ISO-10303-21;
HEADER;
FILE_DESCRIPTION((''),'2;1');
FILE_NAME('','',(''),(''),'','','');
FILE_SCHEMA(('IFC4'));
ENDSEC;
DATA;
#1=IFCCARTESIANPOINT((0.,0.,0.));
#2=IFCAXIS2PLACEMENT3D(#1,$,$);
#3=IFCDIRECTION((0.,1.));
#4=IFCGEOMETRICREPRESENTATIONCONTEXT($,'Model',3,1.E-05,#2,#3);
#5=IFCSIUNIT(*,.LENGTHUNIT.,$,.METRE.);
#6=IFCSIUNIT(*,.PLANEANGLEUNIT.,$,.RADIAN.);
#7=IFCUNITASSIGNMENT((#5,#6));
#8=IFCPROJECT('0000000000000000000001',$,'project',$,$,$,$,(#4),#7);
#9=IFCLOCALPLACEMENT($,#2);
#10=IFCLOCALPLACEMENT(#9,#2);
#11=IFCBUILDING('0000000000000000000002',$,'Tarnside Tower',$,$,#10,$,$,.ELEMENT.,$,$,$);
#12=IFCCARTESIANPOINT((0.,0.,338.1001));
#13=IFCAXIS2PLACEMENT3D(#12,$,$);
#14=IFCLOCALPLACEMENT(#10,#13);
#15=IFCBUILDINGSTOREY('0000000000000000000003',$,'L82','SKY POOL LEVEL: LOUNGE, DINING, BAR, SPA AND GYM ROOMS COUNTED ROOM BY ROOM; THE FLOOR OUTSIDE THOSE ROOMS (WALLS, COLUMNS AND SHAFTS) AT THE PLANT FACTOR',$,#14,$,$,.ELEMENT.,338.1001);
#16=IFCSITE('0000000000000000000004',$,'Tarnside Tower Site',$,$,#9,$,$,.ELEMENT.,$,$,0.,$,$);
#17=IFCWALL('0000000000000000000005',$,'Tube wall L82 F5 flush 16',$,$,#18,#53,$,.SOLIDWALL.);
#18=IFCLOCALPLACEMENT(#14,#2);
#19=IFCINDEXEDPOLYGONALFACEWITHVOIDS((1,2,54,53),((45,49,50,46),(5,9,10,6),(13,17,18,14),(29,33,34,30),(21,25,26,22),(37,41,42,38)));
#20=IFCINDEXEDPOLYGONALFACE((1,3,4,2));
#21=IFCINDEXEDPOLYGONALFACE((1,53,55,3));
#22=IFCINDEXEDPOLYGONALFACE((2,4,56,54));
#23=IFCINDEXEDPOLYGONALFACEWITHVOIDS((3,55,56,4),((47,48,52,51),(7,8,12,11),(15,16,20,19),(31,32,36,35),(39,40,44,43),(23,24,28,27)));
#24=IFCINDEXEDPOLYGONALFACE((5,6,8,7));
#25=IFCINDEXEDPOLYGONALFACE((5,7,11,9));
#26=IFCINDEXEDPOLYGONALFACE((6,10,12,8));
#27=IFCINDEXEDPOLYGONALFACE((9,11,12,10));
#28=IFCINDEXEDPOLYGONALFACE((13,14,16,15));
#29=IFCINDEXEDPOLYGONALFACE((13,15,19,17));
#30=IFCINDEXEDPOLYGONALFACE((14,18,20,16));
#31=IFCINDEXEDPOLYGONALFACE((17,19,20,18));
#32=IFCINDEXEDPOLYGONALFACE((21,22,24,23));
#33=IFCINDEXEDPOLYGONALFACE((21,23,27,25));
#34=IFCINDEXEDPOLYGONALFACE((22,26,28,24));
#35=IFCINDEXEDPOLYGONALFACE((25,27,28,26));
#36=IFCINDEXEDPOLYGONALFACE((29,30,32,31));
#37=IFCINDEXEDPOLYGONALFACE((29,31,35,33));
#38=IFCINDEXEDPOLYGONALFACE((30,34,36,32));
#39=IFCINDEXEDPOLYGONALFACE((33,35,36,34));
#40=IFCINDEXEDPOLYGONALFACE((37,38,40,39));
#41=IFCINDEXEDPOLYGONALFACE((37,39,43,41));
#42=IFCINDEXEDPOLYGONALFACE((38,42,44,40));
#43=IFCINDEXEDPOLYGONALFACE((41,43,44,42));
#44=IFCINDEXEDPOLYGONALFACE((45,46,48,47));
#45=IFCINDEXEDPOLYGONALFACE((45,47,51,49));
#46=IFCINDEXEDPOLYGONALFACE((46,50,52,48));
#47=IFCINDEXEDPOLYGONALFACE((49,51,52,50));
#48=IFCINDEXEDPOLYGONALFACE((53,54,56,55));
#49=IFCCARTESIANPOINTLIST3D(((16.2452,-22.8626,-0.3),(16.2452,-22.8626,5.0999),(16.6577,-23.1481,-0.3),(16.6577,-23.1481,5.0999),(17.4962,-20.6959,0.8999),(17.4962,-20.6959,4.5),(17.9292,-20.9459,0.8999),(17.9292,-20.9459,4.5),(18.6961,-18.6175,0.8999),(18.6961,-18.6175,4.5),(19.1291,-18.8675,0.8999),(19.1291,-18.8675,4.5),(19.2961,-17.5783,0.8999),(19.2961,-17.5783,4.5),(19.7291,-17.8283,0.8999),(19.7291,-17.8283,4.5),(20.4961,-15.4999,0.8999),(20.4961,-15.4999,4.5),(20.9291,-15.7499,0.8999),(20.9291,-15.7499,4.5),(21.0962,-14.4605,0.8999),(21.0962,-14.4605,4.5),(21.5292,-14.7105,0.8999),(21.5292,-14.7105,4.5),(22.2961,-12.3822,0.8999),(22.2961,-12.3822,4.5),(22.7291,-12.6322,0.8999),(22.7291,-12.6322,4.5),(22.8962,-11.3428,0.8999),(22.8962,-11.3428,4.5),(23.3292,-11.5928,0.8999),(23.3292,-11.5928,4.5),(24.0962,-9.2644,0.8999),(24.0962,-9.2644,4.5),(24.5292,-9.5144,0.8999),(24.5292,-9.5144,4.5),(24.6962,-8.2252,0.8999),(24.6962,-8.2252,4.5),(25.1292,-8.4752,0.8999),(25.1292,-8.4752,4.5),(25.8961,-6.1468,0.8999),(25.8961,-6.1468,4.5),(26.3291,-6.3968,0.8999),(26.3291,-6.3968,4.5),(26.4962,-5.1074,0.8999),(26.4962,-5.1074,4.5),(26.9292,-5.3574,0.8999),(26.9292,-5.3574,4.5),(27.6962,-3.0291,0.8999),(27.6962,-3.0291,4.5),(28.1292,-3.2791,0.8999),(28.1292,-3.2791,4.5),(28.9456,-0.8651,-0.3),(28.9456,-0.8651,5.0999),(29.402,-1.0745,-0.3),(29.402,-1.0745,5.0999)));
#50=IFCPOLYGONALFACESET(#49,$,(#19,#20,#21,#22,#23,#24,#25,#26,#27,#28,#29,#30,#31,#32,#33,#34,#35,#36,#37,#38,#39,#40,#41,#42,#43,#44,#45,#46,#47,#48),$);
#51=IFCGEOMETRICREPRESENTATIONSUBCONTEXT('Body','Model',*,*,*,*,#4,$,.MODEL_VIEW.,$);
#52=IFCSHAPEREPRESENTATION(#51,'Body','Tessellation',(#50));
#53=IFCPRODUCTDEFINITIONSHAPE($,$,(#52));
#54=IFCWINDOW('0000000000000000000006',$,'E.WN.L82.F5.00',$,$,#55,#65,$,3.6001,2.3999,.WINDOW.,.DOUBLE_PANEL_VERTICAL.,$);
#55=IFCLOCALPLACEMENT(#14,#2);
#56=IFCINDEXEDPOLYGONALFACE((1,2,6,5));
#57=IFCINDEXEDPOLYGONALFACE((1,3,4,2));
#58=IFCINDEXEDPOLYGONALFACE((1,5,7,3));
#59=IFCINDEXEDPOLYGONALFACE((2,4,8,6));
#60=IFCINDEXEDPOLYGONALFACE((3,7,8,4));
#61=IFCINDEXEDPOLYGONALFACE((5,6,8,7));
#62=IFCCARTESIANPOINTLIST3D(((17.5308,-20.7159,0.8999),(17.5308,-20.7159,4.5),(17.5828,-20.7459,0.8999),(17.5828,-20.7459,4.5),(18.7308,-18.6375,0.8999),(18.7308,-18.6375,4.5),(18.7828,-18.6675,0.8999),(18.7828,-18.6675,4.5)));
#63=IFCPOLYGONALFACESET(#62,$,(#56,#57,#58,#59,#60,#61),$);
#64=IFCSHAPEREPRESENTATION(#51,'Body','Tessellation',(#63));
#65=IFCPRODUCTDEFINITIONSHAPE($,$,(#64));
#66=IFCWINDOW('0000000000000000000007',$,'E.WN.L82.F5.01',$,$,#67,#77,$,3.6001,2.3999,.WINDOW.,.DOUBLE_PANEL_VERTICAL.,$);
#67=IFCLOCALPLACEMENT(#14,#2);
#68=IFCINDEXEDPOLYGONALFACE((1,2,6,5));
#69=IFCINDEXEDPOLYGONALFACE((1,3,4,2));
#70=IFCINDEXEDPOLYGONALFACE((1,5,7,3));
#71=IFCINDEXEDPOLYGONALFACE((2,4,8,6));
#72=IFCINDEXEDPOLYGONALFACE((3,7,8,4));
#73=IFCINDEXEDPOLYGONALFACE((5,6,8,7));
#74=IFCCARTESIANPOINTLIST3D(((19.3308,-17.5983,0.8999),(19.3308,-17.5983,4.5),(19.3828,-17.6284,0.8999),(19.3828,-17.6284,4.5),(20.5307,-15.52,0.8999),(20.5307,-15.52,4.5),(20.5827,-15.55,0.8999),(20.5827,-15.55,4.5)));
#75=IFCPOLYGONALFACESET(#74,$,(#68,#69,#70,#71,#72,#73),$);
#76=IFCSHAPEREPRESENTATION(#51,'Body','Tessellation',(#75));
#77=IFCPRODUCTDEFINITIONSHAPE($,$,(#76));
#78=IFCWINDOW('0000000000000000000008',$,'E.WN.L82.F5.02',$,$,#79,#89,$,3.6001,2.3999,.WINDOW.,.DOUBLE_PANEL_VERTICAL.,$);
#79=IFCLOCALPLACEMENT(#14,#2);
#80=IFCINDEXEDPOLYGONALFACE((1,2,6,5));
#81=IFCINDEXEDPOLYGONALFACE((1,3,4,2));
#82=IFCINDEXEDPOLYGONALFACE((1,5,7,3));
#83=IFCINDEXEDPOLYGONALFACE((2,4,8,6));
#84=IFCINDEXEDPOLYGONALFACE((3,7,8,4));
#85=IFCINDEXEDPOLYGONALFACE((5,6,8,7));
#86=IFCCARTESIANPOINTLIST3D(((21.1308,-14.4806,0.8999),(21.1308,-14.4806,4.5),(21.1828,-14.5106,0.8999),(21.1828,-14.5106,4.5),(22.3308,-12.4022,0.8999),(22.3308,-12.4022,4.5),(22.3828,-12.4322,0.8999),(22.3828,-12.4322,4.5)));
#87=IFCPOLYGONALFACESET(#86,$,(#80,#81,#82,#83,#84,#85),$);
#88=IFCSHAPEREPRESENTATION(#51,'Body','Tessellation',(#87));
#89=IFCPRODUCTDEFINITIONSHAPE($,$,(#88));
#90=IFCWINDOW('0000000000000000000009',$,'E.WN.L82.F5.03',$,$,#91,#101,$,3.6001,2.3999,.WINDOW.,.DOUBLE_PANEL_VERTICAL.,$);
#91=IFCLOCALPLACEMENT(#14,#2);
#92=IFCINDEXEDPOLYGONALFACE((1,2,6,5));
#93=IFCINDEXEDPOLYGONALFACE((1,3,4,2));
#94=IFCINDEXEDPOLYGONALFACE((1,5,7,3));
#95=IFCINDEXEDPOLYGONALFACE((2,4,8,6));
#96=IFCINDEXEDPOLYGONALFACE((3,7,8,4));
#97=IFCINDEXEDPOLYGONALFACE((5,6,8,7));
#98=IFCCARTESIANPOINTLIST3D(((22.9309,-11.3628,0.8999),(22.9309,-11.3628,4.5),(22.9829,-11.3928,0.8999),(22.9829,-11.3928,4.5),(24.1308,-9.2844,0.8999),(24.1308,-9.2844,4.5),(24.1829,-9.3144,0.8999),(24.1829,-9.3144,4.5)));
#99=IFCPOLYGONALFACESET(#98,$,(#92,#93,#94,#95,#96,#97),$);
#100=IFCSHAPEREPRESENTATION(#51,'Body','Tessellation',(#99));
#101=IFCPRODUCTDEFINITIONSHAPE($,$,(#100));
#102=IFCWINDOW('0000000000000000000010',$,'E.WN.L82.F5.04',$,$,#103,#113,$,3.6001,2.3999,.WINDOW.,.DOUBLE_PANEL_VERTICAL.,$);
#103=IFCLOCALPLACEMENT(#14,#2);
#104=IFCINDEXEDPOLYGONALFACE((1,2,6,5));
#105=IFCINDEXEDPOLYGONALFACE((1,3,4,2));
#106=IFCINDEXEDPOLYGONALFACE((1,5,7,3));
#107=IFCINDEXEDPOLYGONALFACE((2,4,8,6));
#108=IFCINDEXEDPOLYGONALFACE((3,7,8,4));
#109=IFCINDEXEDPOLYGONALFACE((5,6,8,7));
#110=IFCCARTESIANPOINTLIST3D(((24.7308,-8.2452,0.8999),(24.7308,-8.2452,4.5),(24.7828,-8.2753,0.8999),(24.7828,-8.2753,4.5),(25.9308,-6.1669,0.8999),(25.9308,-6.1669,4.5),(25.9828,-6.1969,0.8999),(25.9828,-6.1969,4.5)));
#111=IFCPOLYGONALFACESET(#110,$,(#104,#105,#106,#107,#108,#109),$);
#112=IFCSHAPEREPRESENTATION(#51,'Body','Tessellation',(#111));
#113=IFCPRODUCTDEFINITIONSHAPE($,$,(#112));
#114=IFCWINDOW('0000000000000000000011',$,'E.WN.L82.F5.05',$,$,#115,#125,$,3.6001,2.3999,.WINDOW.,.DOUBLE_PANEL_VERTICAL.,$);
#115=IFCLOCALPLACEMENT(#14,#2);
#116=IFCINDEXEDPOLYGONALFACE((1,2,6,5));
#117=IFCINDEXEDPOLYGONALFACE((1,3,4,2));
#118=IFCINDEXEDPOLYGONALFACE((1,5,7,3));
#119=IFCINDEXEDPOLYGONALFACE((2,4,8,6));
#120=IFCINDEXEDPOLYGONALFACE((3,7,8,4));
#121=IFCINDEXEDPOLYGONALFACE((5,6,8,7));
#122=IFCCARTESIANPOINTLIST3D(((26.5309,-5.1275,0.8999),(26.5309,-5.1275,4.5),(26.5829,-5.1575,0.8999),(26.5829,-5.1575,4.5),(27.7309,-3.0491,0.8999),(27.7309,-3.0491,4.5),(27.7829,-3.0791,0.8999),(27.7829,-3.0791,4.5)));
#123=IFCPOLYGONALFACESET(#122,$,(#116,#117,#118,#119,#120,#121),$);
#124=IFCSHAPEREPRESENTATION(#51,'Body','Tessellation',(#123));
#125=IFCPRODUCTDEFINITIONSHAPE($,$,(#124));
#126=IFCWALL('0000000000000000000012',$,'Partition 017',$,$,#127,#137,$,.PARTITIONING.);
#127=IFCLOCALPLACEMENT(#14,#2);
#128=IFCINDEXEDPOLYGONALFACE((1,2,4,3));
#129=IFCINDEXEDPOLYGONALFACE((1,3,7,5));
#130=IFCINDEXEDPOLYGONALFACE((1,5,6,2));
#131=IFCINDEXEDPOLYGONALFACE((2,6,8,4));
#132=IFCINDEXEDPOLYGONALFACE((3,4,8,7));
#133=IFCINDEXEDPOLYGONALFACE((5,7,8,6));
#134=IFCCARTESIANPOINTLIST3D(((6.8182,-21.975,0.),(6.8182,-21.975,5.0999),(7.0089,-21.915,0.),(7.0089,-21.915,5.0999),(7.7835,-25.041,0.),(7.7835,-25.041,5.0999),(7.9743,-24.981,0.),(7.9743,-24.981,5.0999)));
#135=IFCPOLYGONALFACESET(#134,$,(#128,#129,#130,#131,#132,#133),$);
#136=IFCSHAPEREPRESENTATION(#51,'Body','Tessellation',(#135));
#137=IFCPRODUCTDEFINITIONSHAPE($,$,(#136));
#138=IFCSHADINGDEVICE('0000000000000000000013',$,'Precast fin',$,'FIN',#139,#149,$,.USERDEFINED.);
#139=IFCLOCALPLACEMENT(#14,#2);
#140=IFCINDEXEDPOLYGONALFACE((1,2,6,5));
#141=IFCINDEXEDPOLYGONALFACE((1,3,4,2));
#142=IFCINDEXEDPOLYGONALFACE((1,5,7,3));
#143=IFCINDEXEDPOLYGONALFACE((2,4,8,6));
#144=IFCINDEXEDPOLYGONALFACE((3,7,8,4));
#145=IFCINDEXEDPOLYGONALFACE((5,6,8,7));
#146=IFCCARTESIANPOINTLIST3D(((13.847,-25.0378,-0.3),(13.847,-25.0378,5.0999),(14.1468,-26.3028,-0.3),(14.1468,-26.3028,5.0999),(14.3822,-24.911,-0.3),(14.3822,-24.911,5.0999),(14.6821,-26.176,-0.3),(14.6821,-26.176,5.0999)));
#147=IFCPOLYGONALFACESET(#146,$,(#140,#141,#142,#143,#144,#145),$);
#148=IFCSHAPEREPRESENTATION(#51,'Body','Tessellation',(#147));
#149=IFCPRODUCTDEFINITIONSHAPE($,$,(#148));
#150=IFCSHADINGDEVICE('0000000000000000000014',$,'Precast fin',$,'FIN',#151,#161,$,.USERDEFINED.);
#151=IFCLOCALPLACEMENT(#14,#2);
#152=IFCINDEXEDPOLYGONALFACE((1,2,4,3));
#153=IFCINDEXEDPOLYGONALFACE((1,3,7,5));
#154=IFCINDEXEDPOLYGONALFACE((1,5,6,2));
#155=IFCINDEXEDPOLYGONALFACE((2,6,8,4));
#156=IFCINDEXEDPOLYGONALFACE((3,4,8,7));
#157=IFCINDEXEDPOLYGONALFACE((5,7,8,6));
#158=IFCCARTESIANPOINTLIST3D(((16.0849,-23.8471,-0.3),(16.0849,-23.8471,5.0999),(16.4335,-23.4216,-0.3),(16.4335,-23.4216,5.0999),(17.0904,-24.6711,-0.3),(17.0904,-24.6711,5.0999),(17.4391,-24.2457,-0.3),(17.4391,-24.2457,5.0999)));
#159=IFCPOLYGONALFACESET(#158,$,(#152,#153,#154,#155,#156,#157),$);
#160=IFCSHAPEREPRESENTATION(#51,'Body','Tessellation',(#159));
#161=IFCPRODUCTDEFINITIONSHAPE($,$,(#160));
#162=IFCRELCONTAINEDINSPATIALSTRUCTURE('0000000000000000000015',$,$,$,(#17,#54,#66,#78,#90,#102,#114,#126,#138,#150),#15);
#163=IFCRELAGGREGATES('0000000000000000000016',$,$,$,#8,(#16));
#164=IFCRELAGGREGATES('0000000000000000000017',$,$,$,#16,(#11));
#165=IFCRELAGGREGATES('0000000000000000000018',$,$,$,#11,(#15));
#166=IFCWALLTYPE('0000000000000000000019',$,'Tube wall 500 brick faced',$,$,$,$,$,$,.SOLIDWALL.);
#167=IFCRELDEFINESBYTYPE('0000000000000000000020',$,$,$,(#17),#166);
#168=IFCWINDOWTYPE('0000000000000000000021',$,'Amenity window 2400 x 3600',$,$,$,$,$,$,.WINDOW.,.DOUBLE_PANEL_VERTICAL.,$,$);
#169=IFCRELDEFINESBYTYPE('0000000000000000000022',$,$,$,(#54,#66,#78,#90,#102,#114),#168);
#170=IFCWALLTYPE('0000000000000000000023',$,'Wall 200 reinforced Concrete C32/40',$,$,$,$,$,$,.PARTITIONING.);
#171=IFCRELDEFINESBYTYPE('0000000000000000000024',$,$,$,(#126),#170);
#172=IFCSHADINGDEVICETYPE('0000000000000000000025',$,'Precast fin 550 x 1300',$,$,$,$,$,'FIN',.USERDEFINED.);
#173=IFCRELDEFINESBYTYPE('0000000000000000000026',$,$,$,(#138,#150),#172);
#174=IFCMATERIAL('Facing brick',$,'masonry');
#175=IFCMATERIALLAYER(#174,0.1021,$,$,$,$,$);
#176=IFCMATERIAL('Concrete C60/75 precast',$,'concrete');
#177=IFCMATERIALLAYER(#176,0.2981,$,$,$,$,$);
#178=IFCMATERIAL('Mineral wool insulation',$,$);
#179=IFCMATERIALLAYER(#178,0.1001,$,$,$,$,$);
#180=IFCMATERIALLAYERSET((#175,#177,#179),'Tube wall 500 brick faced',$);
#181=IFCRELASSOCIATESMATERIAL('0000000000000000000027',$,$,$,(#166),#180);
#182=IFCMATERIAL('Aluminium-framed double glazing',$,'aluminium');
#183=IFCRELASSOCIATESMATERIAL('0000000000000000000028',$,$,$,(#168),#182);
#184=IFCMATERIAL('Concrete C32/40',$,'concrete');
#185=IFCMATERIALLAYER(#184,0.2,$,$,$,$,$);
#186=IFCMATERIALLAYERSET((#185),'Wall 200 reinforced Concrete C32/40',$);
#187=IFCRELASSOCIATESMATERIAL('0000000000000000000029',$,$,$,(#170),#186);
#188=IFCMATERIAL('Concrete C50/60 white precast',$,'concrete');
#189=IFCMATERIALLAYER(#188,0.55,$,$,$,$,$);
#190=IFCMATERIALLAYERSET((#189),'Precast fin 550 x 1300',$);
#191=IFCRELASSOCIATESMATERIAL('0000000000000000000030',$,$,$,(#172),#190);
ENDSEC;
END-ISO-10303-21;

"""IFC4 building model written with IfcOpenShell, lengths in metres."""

from ifc_helpers import new_model, si_unit, direction, frame, frame_2d, origin, place, context, subcontext, project, spatial, polyline, rectangle, outline, extrude, material, layer, layer_set, type_object, element, fill, save


model = new_model("IFC4")

# Units and contexts
model_context = context("Model", 3, precision=1e-05, world=origin(), true_north=direction((0.0, 1.0)))
body_context = subcontext(model_context, "Body", "Model", "MODEL_VIEW")
ifc_project = project(units=[si_unit("LENGTHUNIT", "METRE"), si_unit("PLANEANGLEUNIT", "RADIAN")], contexts=[model_context])

# Site, building, storey
site_placement = place(None, origin())
site = spatial("IfcSite", under=ifc_project, at=site_placement, Name="Tarnside Tower Site", CompositionType="ELEMENT", RefElevation=0.0)
building_placement = place(site_placement, origin())
building = spatial("IfcBuilding", under=site, at=building_placement, Name="Tarnside Tower", CompositionType="ELEMENT")
storey_placement = place(building_placement, frame((0.0, 0.0, 338.1001)))
storey = spatial("IfcBuildingStorey", under=building, at=storey_placement, Name="L82", Description="SKY POOL LEVEL: LOUNGE, DINING, BAR, SPA AND GYM ROOMS COUNTED ROOM BY ROOM; THE FLOOR OUTSIDE THOSE ROOMS (WALLS, COLUMNS AND SHAFTS) AT THE PLANT FACTOR", CompositionType="ELEMENT", Elevation=338.1001)

# Shared definitions
ifc_material_1 = material(Name="Facing brick", Category="masonry")
ifc_layer_1 = layer(ifc_material_1, 0.1021)
ifc_material_2 = material(Name="Concrete C60/75 precast", Category="concrete")
ifc_layer_2 = layer(ifc_material_2, 0.2981)
ifc_material_3 = material(Name="Mineral wool insulation")
ifc_layer_3 = layer(ifc_material_3, 0.1001)
ifc_layer_set_1 = layer_set([ifc_layer_1, ifc_layer_2, ifc_layer_3], Name="Tube wall 500 brick faced")
wall_type_1 = type_object("IfcWallType", Name="Tube wall 500 brick faced", PredefinedType="SOLIDWALL", material=ifc_layer_set_1)

# Wall, openings, windows
wall_1_placement = place(storey_placement, frame((16.4514, -23.0054, -0.3), z_axis=(0.0, 0.0, 1.0), x_axis=(0.500004, 0.866023, 0.0)))
wall_1 = element("IfcWall", 1, at=wall_1_placement, inside=storey, type_object=wall_type_1, Name="Tube wall L82 F5 flush 16", PredefinedType="SOLIDWALL", context=body_context, shape_type="SweptSolid", body=[
    extrude(outline(polyline([(-0.0205, -0.25), (25.468, -0.25), (25.4211, 0.25), (0.0205, 0.25), (-0.0205, -0.25)])), origin(), (0.0, 0.0, 1.0), 5.3999),
])
opening_1_placement = place(wall_1_placement, frame((2.5225, 0.0, 1.2)))
opening_1 = element("IfcOpeningElement", 2, at=opening_1_placement, cuts=wall_1, PredefinedType="OPENING", context=body_context, shape_type="SweptSolid", body=[
    extrude(rectangle(XDim=2.3999, YDim=3.6001, at=frame_2d((1.2, 1.8))), frame((0.0, 0.26, 0.0), z_axis=(0.0, -1.0, 0.0), x_axis=(1.0, 0.0, 0.0)), (0.0, 0.0, 1.0), 0.52),
])
opening_2_placement = place(wall_1_placement, frame((6.1223, 0.0, 1.2)))
opening_2 = element("IfcOpeningElement", 3, at=opening_2_placement, cuts=wall_1, PredefinedType="OPENING", context=body_context, shape_type="SweptSolid", body=[
    extrude(rectangle(XDim=2.3999, YDim=3.6001, at=frame_2d((1.2, 1.8))), frame((0.0, 0.26, 0.0), z_axis=(0.0, -1.0, 0.0), x_axis=(1.0, 0.0, 0.0)), (0.0, 0.0, 1.0), 0.52),
])
opening_3_placement = place(wall_1_placement, frame((9.7224, 0.0, 1.2)))
opening_3 = element("IfcOpeningElement", 4, at=opening_3_placement, cuts=wall_1, PredefinedType="OPENING", context=body_context, shape_type="SweptSolid", body=[
    extrude(rectangle(XDim=2.3999, YDim=3.6001, at=frame_2d((1.2, 1.8))), frame((0.0, 0.26, 0.0), z_axis=(0.0, -1.0, 0.0), x_axis=(1.0, 0.0, 0.0)), (0.0, 0.0, 1.0), 0.52),
])
opening_4_placement = place(wall_1_placement, frame((13.3225, 0.0, 1.2)))
opening_4 = element("IfcOpeningElement", 5, at=opening_4_placement, cuts=wall_1, PredefinedType="OPENING", context=body_context, shape_type="SweptSolid", body=[
    extrude(rectangle(XDim=2.3999, YDim=3.6001, at=frame_2d((1.2, 1.8))), frame((0.0, 0.26, 0.0), z_axis=(0.0, -1.0, 0.0), x_axis=(1.0, 0.0, 0.0)), (0.0, 0.0, 1.0), 0.52),
])
opening_5_placement = place(wall_1_placement, frame((16.9224, 0.0, 1.2)))
opening_5 = element("IfcOpeningElement", 6, at=opening_5_placement, cuts=wall_1, PredefinedType="OPENING", context=body_context, shape_type="SweptSolid", body=[
    extrude(rectangle(XDim=2.3999, YDim=3.6001, at=frame_2d((1.2, 1.8))), frame((0.0, 0.26, 0.0), z_axis=(0.0, -1.0, 0.0), x_axis=(1.0, 0.0, 0.0)), (0.0, 0.0, 1.0), 0.52),
])
opening_6_placement = place(wall_1_placement, frame((20.5225, 0.0, 1.2)))
opening_6 = element("IfcOpeningElement", 7, at=opening_6_placement, cuts=wall_1, PredefinedType="OPENING", context=body_context, shape_type="SweptSolid", body=[
    extrude(rectangle(XDim=2.3999, YDim=3.6001, at=frame_2d((1.2, 1.8))), frame((0.0, 0.26, 0.0), z_axis=(0.0, -1.0, 0.0), x_axis=(1.0, 0.0, 0.0)), (0.0, 0.0, 1.0), 0.52),
])
ifc_material_4 = material(Name="Aluminium-framed double glazing", Category="aluminium")
window_type = type_object("IfcWindowType", Name="Amenity window 2400 x 3600", PartitioningType="DOUBLE_PANEL_VERTICAL", PredefinedType="WINDOW", material=ifc_material_4)
window_1_placement = place(opening_1_placement, frame((0.0, 0.1799, 0.0)))
window_1 = element("IfcWindow", 8, at=window_1_placement, inside=storey, type_object=window_type, Name="E.WN.L82.F5.00", OverallHeight=3.6001, OverallWidth=2.3999, PartitioningType="DOUBLE_PANEL_VERTICAL", PredefinedType="WINDOW", context=body_context, shape_type="SweptSolid", body=[
    extrude(rectangle(XDim=2.3999, YDim=3.6001, at=frame_2d((1.2, 1.8))), frame((0.0, 0.03, 0.0), z_axis=(0.0, -1.0, 0.0), x_axis=(1.0, 0.0, 0.0)), (0.0, 0.0, 1.0), 0.0601),
])
fill(opening_1, window_1)
window_2_placement = place(opening_2_placement, frame((0.0, 0.1799, 0.0)))
window_2 = element("IfcWindow", 9, at=window_2_placement, inside=storey, type_object=window_type, Name="E.WN.L82.F5.01", OverallHeight=3.6001, OverallWidth=2.3999, PartitioningType="DOUBLE_PANEL_VERTICAL", PredefinedType="WINDOW", context=body_context, shape_type="SweptSolid", body=[
    extrude(rectangle(XDim=2.3999, YDim=3.6001, at=frame_2d((1.2, 1.8))), frame((0.0, 0.03, 0.0), z_axis=(0.0, -1.0, 0.0), x_axis=(1.0, 0.0, 0.0)), (0.0, 0.0, 1.0), 0.0601),
])
fill(opening_2, window_2)
window_3_placement = place(opening_3_placement, frame((0.0, 0.1799, 0.0)))
window_3 = element("IfcWindow", 10, at=window_3_placement, inside=storey, type_object=window_type, Name="E.WN.L82.F5.02", OverallHeight=3.6001, OverallWidth=2.3999, PartitioningType="DOUBLE_PANEL_VERTICAL", PredefinedType="WINDOW", context=body_context, shape_type="SweptSolid", body=[
    extrude(rectangle(XDim=2.3999, YDim=3.6001, at=frame_2d((1.2, 1.8))), frame((0.0, 0.03, 0.0), z_axis=(0.0, -1.0, 0.0), x_axis=(1.0, 0.0, 0.0)), (0.0, 0.0, 1.0), 0.0601),
])
fill(opening_3, window_3)
window_4_placement = place(opening_4_placement, frame((0.0, 0.1799, 0.0)))
window_4 = element("IfcWindow", 11, at=window_4_placement, inside=storey, type_object=window_type, Name="E.WN.L82.F5.03", OverallHeight=3.6001, OverallWidth=2.3999, PartitioningType="DOUBLE_PANEL_VERTICAL", PredefinedType="WINDOW", context=body_context, shape_type="SweptSolid", body=[
    extrude(rectangle(XDim=2.3999, YDim=3.6001, at=frame_2d((1.2, 1.8))), frame((0.0, 0.03, 0.0), z_axis=(0.0, -1.0, 0.0), x_axis=(1.0, 0.0, 0.0)), (0.0, 0.0, 1.0), 0.0601),
])
fill(opening_4, window_4)
window_5_placement = place(opening_5_placement, frame((0.0, 0.1799, 0.0)))
window_5 = element("IfcWindow", 12, at=window_5_placement, inside=storey, type_object=window_type, Name="E.WN.L82.F5.04", OverallHeight=3.6001, OverallWidth=2.3999, PartitioningType="DOUBLE_PANEL_VERTICAL", PredefinedType="WINDOW", context=body_context, shape_type="SweptSolid", body=[
    extrude(rectangle(XDim=2.3999, YDim=3.6001, at=frame_2d((1.2, 1.8))), frame((0.0, 0.03, 0.0), z_axis=(0.0, -1.0, 0.0), x_axis=(1.0, 0.0, 0.0)), (0.0, 0.0, 1.0), 0.0601),
])
fill(opening_5, window_5)
window_6_placement = place(opening_6_placement, frame((0.0, 0.1799, 0.0)))
window_6 = element("IfcWindow", 13, at=window_6_placement, inside=storey, type_object=window_type, Name="E.WN.L82.F5.05", OverallHeight=3.6001, OverallWidth=2.3999, PartitioningType="DOUBLE_PANEL_VERTICAL", PredefinedType="WINDOW", context=body_context, shape_type="SweptSolid", body=[
    extrude(rectangle(XDim=2.3999, YDim=3.6001, at=frame_2d((1.2, 1.8))), frame((0.0, 0.03, 0.0), z_axis=(0.0, -1.0, 0.0), x_axis=(1.0, 0.0, 0.0)), (0.0, 0.0, 1.0), 0.0601),
])
fill(opening_6, window_6)

# Wall
ifc_material_5 = material(Name="Concrete C32/40", Category="concrete")
ifc_layer_4 = layer(ifc_material_5, 0.2)
ifc_layer_set_2 = layer_set([ifc_layer_4], Name="Wall 200 reinforced Concrete C32/40")
wall_type_2 = type_object("IfcWallType", Name="Wall 200 reinforced Concrete C32/40", PredefinedType="PARTITIONING", material=ifc_layer_set_2)
wall_2_placement = place(storey_placement, frame((7.8789, -25.011, 0.0), z_axis=(0.0, 0.0, 1.0), x_axis=(-0.300324, 0.953837, 0.0)))
element("IfcWall", 14, at=wall_2_placement, inside=storey, type_object=wall_type_2, Name="Partition 017", PredefinedType="PARTITIONING", context=body_context, shape_type="SweptSolid", body=[
    extrude(rectangle(XDim=3.2144, YDim=0.2, at=frame_2d((1.6072, 0.0))), origin(), (0.0, 0.0, 1.0), 5.0999),
])

# Shading devices
ifc_material_6 = material(Name="Concrete C50/60 white precast", Category="concrete")
ifc_layer_5 = layer(ifc_material_6, 0.55)
ifc_layer_set_3 = layer_set([ifc_layer_5], Name="Precast fin 550 x 1300")
shading_device_type_1 = type_object("IfcShadingDeviceType", Name="Precast fin 550 x 1300", ElementType="FIN", PredefinedType="USERDEFINED", material=ifc_layer_set_3)
for number, where, z_axis, x_axis, name in (
    (15, (14.1147, -24.9744, -0.3), (-0.973045, -0.230616, 0.0), (0.230616, -0.973045, 0.0), "Precast fin"),
    (16, (16.2593, -23.6343, -0.3), (-0.633831, -0.773472, 0.0), (0.773472, -0.633831, 0.0), "Precast fin"),
):
    element("IfcShadingDevice", number, at=place(storey_placement, frame(where, z_axis=z_axis, x_axis=x_axis)), inside=storey, type_object=shading_device_type_1, Name=name, ObjectType="FIN", PredefinedType="USERDEFINED", context=body_context, shape_type="SweptSolid", body=[
        extrude(outline(polyline([(0.0, 0.0), (1.3, 0.0), (1.3, 5.3999), (0.0, 5.3999), (0.0, 0.0)])), frame((0.0, 0.0, -0.2749)), (0.0, 0.0, 1.0), 0.55),
    ])

save(model, "model.ifc")
